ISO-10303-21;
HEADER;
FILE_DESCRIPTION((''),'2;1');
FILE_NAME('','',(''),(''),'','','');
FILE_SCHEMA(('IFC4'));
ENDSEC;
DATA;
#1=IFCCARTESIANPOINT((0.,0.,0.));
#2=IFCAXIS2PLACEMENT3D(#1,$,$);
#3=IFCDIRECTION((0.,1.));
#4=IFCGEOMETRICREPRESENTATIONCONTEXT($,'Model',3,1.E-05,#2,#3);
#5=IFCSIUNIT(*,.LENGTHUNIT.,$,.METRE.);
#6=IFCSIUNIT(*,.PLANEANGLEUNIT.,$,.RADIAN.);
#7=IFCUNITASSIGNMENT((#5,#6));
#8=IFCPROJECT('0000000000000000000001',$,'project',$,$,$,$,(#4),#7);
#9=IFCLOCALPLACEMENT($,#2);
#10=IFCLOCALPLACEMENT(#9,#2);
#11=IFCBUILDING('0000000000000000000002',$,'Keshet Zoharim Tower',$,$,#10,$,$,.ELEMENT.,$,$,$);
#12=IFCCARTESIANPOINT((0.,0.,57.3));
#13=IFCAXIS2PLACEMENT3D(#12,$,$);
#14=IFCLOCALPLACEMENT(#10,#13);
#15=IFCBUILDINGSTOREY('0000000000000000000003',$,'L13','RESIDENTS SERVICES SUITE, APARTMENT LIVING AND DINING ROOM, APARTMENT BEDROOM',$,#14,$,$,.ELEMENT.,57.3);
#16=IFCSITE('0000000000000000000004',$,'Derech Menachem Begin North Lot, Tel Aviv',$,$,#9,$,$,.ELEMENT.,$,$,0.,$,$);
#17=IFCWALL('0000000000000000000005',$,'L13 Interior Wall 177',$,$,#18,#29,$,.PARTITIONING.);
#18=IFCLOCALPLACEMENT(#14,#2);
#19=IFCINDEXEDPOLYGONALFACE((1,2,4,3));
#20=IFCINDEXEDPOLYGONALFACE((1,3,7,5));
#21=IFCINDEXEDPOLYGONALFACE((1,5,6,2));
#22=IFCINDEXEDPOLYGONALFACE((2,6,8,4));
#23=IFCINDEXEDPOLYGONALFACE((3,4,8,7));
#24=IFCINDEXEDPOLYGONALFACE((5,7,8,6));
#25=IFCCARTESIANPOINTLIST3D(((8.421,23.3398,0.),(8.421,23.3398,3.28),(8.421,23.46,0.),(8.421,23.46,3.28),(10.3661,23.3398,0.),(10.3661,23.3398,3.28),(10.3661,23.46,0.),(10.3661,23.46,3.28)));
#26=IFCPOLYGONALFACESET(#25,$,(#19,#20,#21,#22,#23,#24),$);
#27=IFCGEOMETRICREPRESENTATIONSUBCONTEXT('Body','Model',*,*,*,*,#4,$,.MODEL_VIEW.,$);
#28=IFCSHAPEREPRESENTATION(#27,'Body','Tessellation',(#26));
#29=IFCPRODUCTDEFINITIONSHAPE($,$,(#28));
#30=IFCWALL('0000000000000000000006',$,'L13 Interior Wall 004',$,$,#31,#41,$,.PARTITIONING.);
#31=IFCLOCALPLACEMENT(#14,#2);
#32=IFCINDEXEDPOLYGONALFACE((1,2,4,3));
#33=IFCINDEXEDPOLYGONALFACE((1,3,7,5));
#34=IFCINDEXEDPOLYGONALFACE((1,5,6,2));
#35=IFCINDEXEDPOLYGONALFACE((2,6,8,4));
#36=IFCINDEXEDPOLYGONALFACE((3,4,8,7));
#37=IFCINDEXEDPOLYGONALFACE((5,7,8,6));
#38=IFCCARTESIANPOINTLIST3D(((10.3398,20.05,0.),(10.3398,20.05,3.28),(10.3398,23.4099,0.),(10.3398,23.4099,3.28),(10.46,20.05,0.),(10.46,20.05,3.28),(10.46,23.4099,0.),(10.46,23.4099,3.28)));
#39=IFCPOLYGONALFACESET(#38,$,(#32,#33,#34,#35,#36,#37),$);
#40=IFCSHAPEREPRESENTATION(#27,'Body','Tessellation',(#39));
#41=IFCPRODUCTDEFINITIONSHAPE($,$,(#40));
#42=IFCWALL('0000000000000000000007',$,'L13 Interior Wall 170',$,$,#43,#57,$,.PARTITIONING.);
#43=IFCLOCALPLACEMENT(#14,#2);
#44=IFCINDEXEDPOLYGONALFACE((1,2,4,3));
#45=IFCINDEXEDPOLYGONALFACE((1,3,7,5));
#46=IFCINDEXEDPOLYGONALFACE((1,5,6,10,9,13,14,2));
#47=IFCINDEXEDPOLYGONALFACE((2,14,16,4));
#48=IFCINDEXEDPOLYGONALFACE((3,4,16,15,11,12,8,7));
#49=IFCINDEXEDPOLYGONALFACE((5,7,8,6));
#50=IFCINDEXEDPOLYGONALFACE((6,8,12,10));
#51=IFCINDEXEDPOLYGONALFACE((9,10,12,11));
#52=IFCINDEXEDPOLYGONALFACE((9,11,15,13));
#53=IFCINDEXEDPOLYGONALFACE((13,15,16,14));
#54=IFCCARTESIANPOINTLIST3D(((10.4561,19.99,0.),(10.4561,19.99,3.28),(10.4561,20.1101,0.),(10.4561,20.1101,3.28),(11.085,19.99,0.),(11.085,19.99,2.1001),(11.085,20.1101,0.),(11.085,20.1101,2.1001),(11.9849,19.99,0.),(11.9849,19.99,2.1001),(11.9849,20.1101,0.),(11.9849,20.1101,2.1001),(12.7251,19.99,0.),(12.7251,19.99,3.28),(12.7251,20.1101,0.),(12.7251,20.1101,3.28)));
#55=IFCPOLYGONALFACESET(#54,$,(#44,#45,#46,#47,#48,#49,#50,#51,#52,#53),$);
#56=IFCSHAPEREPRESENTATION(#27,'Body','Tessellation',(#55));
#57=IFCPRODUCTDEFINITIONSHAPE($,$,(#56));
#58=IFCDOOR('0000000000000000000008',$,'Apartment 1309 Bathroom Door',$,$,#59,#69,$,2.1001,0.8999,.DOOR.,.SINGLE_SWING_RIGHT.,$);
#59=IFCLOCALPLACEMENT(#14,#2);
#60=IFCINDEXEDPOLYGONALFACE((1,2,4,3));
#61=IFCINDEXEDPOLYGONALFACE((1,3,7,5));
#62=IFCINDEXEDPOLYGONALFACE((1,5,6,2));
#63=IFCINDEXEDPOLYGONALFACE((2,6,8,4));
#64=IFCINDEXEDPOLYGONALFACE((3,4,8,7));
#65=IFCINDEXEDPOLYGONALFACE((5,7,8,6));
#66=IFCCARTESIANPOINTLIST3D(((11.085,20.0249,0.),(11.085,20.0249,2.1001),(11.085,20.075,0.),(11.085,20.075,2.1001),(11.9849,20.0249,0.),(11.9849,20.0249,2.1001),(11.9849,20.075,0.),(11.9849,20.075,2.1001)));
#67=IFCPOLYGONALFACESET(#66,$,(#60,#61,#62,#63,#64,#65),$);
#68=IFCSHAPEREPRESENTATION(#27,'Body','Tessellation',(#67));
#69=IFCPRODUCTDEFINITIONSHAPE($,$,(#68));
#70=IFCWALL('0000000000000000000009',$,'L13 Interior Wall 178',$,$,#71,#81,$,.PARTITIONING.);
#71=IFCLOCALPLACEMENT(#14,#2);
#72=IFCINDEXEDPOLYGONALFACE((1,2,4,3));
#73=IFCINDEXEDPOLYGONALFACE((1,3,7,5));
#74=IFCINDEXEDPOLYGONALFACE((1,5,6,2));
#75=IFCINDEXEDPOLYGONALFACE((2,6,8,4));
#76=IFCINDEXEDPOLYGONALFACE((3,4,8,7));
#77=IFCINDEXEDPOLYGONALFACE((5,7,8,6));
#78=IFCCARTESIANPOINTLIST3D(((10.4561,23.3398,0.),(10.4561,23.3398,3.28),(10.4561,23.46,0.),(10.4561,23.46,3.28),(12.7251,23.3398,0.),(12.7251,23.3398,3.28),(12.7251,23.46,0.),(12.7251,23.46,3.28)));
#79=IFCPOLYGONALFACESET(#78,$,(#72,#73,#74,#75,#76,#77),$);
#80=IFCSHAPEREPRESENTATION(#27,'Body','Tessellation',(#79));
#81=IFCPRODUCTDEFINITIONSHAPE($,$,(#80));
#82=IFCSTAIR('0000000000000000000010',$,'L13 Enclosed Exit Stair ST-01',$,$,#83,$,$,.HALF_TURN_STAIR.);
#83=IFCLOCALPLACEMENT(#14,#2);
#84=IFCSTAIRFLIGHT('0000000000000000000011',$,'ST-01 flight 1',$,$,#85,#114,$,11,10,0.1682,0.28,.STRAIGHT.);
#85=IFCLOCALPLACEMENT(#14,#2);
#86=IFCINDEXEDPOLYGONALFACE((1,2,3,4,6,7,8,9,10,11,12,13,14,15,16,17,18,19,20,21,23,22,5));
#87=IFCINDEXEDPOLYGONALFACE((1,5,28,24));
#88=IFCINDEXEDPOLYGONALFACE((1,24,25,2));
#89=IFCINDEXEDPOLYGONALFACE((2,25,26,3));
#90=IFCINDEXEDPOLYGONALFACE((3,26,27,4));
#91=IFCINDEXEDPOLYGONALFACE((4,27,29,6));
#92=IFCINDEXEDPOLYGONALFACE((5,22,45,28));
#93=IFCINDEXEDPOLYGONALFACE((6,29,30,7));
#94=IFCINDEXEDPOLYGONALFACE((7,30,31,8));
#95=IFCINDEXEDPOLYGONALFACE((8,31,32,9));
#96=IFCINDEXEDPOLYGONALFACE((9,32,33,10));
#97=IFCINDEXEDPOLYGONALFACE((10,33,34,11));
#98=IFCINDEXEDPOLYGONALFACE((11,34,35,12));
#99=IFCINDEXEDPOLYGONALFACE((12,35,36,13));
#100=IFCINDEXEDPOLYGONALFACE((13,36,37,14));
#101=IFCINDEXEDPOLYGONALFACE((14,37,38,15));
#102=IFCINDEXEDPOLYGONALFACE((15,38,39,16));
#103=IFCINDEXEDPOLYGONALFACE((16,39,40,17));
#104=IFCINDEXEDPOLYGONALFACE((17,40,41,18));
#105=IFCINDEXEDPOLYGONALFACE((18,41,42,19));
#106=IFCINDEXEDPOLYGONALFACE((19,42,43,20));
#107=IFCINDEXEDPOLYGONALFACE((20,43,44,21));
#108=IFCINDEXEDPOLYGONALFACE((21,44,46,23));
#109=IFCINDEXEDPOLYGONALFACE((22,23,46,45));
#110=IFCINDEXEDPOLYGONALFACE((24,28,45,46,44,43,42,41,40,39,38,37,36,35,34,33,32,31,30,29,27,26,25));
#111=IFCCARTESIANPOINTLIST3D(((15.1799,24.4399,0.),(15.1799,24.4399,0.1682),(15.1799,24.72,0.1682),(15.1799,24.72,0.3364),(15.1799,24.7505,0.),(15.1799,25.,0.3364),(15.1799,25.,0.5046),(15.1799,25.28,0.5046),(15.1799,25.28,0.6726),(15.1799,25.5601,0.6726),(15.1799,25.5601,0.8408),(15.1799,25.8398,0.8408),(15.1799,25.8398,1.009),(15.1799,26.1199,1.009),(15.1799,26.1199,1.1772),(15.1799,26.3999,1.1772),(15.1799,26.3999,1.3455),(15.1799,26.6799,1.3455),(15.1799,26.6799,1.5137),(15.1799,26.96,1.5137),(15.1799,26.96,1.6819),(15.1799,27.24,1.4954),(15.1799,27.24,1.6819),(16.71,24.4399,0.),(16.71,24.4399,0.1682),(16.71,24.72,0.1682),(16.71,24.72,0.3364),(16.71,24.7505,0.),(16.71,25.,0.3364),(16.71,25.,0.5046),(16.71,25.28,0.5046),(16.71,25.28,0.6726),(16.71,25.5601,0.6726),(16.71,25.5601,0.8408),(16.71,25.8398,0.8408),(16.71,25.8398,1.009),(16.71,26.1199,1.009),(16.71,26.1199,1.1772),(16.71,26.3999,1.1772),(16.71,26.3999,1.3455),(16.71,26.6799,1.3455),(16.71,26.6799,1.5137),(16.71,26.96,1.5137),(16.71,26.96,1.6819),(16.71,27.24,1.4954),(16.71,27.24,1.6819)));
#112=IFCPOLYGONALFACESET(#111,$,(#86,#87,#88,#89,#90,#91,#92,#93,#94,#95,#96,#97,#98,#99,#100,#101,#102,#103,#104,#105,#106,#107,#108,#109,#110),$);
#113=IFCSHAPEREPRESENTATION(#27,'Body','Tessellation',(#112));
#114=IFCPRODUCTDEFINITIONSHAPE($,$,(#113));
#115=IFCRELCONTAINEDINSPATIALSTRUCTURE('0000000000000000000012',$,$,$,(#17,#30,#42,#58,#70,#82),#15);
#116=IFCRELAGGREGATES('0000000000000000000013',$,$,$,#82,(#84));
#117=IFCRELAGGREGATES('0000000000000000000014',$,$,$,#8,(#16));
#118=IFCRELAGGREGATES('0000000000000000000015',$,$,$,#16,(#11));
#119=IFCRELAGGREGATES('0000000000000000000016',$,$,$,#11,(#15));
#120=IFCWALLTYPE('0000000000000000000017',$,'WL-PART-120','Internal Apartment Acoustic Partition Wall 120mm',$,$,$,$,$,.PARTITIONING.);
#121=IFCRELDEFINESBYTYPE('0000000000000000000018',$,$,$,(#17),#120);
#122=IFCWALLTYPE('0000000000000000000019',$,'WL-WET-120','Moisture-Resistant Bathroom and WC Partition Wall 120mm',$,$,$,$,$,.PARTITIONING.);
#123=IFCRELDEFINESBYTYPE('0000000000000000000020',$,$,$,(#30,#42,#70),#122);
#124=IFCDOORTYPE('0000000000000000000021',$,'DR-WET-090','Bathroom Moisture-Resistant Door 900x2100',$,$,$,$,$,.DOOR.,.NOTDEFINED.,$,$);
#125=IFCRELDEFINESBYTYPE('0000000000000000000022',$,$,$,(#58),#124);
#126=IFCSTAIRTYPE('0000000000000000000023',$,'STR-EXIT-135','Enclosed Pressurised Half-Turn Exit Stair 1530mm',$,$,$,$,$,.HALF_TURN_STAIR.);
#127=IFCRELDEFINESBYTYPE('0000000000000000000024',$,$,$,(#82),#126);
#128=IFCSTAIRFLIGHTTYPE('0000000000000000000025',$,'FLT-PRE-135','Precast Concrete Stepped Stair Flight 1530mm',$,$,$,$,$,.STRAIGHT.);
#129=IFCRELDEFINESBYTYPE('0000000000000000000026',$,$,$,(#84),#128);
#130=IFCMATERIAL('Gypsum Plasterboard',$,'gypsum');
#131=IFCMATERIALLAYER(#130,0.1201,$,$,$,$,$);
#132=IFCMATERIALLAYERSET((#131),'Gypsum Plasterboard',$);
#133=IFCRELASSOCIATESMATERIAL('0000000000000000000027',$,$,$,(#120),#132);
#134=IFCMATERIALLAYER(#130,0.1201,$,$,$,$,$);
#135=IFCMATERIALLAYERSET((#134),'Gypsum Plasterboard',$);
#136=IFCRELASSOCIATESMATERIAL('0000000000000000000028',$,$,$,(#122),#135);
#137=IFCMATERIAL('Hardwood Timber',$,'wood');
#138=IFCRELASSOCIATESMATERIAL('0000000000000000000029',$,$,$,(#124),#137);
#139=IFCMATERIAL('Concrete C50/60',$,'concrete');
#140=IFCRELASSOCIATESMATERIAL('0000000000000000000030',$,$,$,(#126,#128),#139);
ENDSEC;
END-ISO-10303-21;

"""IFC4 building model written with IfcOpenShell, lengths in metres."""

from ifc_helpers import new_model, si_unit, direction, frame, frame_2d, origin, place, context, subcontext, project, spatial, polyline, rectangle, outline, extrude, material, layer, layer_set, type_object, element, fill, aggregate, save


model = new_model("IFC4")

# Units and contexts
model_context = context("Model", 3, precision=1e-05, world=origin(), true_north=direction((0.0, 1.0)))
body_context = subcontext(model_context, "Body", "Model", "MODEL_VIEW")
ifc_project = project(units=[si_unit("LENGTHUNIT", "METRE"), si_unit("PLANEANGLEUNIT", "RADIAN")], contexts=[model_context])

# Site, building, storey
site_placement = place(None, origin())
site = spatial("IfcSite", under=ifc_project, at=site_placement, Name="Derech Menachem Begin North Lot, Tel Aviv", CompositionType="ELEMENT", RefElevation=0.0)
building_placement = place(site_placement, origin())
building = spatial("IfcBuilding", under=site, at=building_placement, Name="Keshet Zoharim Tower", CompositionType="ELEMENT")
storey_placement = place(building_placement, frame((0.0, 0.0, 57.3)))
storey = spatial("IfcBuildingStorey", under=building, at=storey_placement, Name="L13", Description="RESIDENTS SERVICES SUITE, APARTMENT LIVING AND DINING ROOM, APARTMENT BEDROOM", CompositionType="ELEMENT", Elevation=57.3)

# Shared definitions
ifc_material_1 = material(Name="Hardwood Timber", Category="wood")

# Shared definitions
ifc_material_2 = material(Name="Gypsum Plasterboard", Category="gypsum")

# Shared definitions
ifc_material_3 = material(Name="Concrete C50/60", Category="concrete")

# Walls
ifc_layer_1 = layer(ifc_material_2, 0.1201)
ifc_layer_set_1 = layer_set([ifc_layer_1], Name="Gypsum Plasterboard")
wall_type_1 = type_object("IfcWallType", Name="WL-PART-120", Description="Internal Apartment Acoustic Partition Wall 120mm", PredefinedType="PARTITIONING", material=ifc_layer_set_1)
wall_1_placement = place(storey_placement, frame((8.4209, 23.3999, 0.0), z_axis=(0.0, 0.0, 1.0), x_axis=(1.0, 0.0, 0.0)))
element("IfcWall", 1, at=wall_1_placement, inside=storey, type_object=wall_type_1, Name="L13 Interior Wall 177", PredefinedType="PARTITIONING", context=body_context, shape_type="SweptSolid", body=[
    extrude(rectangle(XDim=1.9451, YDim=0.1201, at=frame_2d((0.9727, 0.0))), origin(), (0.0, 0.0, 1.0), 3.28),
])
ifc_layer_2 = layer(ifc_material_2, 0.1201)
ifc_layer_set_2 = layer_set([ifc_layer_2], Name="Gypsum Plasterboard")
wall_type_2 = type_object("IfcWallType", Name="WL-WET-120", Description="Moisture-Resistant Bathroom and WC Partition Wall 120mm", PredefinedType="PARTITIONING", material=ifc_layer_set_2)
wall_2_placement = place(storey_placement, frame((10.3999, 20.05, 0.0), z_axis=(0.0, 0.0, 1.0), x_axis=(0.0, 1.0, 0.0)))
element("IfcWall", 2, at=wall_2_placement, inside=storey, type_object=wall_type_2, Name="L13 Interior Wall 004", PredefinedType="PARTITIONING", context=body_context, shape_type="SweptSolid", body=[
    extrude(rectangle(XDim=3.3599, YDim=0.1201, at=frame_2d((1.6799, 0.0))), origin(), (0.0, 0.0, 1.0), 3.28),
])

# Wall, opening, door
wall_3_placement = place(storey_placement, frame((10.4561, 20.05, 0.0), z_axis=(0.0, 0.0, 1.0), x_axis=(1.0, 0.0, 0.0)))
wall_3 = element("IfcWall", 3, at=wall_3_placement, inside=storey, type_object=wall_type_2, Name="L13 Interior Wall 170", PredefinedType="PARTITIONING", context=body_context, shape_type="SweptSolid", body=[
    extrude(rectangle(XDim=2.269, YDim=0.1201, at=frame_2d((1.1345, 0.0))), origin(), (0.0, 0.0, 1.0), 3.28),
])
opening_1_placement = place(wall_3_placement, frame((0.6289, 0.0, 0.0)))
opening_1 = element("IfcOpeningElement", 4, at=opening_1_placement, cuts=wall_3, PredefinedType="OPENING", context=body_context, shape_type="SweptSolid", body=[
    extrude(rectangle(XDim=0.8999, YDim=2.1001, at=frame_2d((0.45, 1.05))), frame((0.0, 0.0701, 0.0), z_axis=(0.0, -1.0, 0.0), x_axis=(1.0, 0.0, 0.0)), (0.0, 0.0, 1.0), 0.1401),
])
door_type_1 = type_object("IfcDoorType", Name="DR-WET-090", Description="Bathroom Moisture-Resistant Door 900x2100", OperationType="NOTDEFINED", PredefinedType="DOOR", material=ifc_material_1)
door_1_placement = place(opening_1_placement, origin())
door_1 = element("IfcDoor", 5, at=door_1_placement, inside=storey, type_object=door_type_1, Name="Apartment 1309 Bathroom Door", OperationType="SINGLE_SWING_RIGHT", OverallHeight=2.1001, OverallWidth=0.8999, PredefinedType="DOOR", context=body_context, shape_type="SweptSolid", body=[
    extrude(rectangle(XDim=0.8999, YDim=2.1001, at=frame_2d((0.45, 1.05))), frame((0.0, 0.0249, 0.0), z_axis=(0.0, -1.0, 0.0), x_axis=(1.0, 0.0, 0.0)), (0.0, 0.0, 1.0), 0.05),
])
fill(opening_1, door_1)

# Wall
wall_4_placement = place(storey_placement, frame((10.4561, 23.3999, 0.0), z_axis=(0.0, 0.0, 1.0), x_axis=(1.0, 0.0, 0.0)))
element("IfcWall", 6, at=wall_4_placement, inside=storey, type_object=wall_type_2, Name="L13 Interior Wall 178", PredefinedType="PARTITIONING", context=body_context, shape_type="SweptSolid", body=[
    extrude(rectangle(XDim=2.269, YDim=0.1201, at=frame_2d((1.1345, 0.0))), origin(), (0.0, 0.0, 1.0), 3.28),
])

# Stair, stair flight
stair_type = type_object("IfcStairType", Name="STR-EXIT-135", Description="Enclosed Pressurised Half-Turn Exit Stair 1530mm", PredefinedType="HALF_TURN_STAIR", material=ifc_material_3)
stair_placement = place(storey_placement, origin())
stair = element("IfcStair", 7, at=stair_placement, inside=storey, type_object=stair_type, Name="L13 Enclosed Exit Stair ST-01", PredefinedType="HALF_TURN_STAIR")
stair_flight_type = type_object("IfcStairFlightType", Name="FLT-PRE-135", Description="Precast Concrete Stepped Stair Flight 1530mm", PredefinedType="STRAIGHT", material=ifc_material_3)
stair_flight_placement = place(storey_placement, frame((15.9451, 24.4399, 0.0), z_axis=(0.0, 0.0, 1.0), x_axis=(0.0, 1.0, 0.0)))
stair_flight = element("IfcStairFlight", 8, at=stair_flight_placement, type_object=stair_flight_type, Name="ST-01 flight 1", NumberOfRisers=11, NumberOfTreads=10, PredefinedType="STRAIGHT", RiserHeight=0.1682, TreadLength=0.28, context=body_context, shape_type="SweptSolid", body=[
    extrude(outline(polyline([(0.0, 0.0), (0.0, 0.1682), (0.28, 0.1682), (0.28, 0.3364), (0.5601, 0.3364), (0.5601, 0.5046), (0.8401, 0.5046), (0.8401, 0.6726), (1.1201, 0.6726), (1.1201, 0.8408), (1.3999, 0.8408), (1.3999, 1.009), (1.6799, 1.009), (1.6799, 1.1772), (1.96, 1.1772), (1.96, 1.3455), (2.24, 1.3455), (2.24, 1.5137), (2.52, 1.5137), (2.52, 1.6819), (2.8, 1.6819), (2.8, 1.8501), (2.8, 1.4954), (0.3105, 0.0), (0.0, 0.0)])), frame((0.0, 0.7651, 0.0), z_axis=(0.0, -1.0, 0.0), x_axis=(1.0, 0.0, 0.0)), (0.0, 0.0, 1.0), 1.53),
])
aggregate(stair, [stair_flight])

save(model, "model.ifc")
